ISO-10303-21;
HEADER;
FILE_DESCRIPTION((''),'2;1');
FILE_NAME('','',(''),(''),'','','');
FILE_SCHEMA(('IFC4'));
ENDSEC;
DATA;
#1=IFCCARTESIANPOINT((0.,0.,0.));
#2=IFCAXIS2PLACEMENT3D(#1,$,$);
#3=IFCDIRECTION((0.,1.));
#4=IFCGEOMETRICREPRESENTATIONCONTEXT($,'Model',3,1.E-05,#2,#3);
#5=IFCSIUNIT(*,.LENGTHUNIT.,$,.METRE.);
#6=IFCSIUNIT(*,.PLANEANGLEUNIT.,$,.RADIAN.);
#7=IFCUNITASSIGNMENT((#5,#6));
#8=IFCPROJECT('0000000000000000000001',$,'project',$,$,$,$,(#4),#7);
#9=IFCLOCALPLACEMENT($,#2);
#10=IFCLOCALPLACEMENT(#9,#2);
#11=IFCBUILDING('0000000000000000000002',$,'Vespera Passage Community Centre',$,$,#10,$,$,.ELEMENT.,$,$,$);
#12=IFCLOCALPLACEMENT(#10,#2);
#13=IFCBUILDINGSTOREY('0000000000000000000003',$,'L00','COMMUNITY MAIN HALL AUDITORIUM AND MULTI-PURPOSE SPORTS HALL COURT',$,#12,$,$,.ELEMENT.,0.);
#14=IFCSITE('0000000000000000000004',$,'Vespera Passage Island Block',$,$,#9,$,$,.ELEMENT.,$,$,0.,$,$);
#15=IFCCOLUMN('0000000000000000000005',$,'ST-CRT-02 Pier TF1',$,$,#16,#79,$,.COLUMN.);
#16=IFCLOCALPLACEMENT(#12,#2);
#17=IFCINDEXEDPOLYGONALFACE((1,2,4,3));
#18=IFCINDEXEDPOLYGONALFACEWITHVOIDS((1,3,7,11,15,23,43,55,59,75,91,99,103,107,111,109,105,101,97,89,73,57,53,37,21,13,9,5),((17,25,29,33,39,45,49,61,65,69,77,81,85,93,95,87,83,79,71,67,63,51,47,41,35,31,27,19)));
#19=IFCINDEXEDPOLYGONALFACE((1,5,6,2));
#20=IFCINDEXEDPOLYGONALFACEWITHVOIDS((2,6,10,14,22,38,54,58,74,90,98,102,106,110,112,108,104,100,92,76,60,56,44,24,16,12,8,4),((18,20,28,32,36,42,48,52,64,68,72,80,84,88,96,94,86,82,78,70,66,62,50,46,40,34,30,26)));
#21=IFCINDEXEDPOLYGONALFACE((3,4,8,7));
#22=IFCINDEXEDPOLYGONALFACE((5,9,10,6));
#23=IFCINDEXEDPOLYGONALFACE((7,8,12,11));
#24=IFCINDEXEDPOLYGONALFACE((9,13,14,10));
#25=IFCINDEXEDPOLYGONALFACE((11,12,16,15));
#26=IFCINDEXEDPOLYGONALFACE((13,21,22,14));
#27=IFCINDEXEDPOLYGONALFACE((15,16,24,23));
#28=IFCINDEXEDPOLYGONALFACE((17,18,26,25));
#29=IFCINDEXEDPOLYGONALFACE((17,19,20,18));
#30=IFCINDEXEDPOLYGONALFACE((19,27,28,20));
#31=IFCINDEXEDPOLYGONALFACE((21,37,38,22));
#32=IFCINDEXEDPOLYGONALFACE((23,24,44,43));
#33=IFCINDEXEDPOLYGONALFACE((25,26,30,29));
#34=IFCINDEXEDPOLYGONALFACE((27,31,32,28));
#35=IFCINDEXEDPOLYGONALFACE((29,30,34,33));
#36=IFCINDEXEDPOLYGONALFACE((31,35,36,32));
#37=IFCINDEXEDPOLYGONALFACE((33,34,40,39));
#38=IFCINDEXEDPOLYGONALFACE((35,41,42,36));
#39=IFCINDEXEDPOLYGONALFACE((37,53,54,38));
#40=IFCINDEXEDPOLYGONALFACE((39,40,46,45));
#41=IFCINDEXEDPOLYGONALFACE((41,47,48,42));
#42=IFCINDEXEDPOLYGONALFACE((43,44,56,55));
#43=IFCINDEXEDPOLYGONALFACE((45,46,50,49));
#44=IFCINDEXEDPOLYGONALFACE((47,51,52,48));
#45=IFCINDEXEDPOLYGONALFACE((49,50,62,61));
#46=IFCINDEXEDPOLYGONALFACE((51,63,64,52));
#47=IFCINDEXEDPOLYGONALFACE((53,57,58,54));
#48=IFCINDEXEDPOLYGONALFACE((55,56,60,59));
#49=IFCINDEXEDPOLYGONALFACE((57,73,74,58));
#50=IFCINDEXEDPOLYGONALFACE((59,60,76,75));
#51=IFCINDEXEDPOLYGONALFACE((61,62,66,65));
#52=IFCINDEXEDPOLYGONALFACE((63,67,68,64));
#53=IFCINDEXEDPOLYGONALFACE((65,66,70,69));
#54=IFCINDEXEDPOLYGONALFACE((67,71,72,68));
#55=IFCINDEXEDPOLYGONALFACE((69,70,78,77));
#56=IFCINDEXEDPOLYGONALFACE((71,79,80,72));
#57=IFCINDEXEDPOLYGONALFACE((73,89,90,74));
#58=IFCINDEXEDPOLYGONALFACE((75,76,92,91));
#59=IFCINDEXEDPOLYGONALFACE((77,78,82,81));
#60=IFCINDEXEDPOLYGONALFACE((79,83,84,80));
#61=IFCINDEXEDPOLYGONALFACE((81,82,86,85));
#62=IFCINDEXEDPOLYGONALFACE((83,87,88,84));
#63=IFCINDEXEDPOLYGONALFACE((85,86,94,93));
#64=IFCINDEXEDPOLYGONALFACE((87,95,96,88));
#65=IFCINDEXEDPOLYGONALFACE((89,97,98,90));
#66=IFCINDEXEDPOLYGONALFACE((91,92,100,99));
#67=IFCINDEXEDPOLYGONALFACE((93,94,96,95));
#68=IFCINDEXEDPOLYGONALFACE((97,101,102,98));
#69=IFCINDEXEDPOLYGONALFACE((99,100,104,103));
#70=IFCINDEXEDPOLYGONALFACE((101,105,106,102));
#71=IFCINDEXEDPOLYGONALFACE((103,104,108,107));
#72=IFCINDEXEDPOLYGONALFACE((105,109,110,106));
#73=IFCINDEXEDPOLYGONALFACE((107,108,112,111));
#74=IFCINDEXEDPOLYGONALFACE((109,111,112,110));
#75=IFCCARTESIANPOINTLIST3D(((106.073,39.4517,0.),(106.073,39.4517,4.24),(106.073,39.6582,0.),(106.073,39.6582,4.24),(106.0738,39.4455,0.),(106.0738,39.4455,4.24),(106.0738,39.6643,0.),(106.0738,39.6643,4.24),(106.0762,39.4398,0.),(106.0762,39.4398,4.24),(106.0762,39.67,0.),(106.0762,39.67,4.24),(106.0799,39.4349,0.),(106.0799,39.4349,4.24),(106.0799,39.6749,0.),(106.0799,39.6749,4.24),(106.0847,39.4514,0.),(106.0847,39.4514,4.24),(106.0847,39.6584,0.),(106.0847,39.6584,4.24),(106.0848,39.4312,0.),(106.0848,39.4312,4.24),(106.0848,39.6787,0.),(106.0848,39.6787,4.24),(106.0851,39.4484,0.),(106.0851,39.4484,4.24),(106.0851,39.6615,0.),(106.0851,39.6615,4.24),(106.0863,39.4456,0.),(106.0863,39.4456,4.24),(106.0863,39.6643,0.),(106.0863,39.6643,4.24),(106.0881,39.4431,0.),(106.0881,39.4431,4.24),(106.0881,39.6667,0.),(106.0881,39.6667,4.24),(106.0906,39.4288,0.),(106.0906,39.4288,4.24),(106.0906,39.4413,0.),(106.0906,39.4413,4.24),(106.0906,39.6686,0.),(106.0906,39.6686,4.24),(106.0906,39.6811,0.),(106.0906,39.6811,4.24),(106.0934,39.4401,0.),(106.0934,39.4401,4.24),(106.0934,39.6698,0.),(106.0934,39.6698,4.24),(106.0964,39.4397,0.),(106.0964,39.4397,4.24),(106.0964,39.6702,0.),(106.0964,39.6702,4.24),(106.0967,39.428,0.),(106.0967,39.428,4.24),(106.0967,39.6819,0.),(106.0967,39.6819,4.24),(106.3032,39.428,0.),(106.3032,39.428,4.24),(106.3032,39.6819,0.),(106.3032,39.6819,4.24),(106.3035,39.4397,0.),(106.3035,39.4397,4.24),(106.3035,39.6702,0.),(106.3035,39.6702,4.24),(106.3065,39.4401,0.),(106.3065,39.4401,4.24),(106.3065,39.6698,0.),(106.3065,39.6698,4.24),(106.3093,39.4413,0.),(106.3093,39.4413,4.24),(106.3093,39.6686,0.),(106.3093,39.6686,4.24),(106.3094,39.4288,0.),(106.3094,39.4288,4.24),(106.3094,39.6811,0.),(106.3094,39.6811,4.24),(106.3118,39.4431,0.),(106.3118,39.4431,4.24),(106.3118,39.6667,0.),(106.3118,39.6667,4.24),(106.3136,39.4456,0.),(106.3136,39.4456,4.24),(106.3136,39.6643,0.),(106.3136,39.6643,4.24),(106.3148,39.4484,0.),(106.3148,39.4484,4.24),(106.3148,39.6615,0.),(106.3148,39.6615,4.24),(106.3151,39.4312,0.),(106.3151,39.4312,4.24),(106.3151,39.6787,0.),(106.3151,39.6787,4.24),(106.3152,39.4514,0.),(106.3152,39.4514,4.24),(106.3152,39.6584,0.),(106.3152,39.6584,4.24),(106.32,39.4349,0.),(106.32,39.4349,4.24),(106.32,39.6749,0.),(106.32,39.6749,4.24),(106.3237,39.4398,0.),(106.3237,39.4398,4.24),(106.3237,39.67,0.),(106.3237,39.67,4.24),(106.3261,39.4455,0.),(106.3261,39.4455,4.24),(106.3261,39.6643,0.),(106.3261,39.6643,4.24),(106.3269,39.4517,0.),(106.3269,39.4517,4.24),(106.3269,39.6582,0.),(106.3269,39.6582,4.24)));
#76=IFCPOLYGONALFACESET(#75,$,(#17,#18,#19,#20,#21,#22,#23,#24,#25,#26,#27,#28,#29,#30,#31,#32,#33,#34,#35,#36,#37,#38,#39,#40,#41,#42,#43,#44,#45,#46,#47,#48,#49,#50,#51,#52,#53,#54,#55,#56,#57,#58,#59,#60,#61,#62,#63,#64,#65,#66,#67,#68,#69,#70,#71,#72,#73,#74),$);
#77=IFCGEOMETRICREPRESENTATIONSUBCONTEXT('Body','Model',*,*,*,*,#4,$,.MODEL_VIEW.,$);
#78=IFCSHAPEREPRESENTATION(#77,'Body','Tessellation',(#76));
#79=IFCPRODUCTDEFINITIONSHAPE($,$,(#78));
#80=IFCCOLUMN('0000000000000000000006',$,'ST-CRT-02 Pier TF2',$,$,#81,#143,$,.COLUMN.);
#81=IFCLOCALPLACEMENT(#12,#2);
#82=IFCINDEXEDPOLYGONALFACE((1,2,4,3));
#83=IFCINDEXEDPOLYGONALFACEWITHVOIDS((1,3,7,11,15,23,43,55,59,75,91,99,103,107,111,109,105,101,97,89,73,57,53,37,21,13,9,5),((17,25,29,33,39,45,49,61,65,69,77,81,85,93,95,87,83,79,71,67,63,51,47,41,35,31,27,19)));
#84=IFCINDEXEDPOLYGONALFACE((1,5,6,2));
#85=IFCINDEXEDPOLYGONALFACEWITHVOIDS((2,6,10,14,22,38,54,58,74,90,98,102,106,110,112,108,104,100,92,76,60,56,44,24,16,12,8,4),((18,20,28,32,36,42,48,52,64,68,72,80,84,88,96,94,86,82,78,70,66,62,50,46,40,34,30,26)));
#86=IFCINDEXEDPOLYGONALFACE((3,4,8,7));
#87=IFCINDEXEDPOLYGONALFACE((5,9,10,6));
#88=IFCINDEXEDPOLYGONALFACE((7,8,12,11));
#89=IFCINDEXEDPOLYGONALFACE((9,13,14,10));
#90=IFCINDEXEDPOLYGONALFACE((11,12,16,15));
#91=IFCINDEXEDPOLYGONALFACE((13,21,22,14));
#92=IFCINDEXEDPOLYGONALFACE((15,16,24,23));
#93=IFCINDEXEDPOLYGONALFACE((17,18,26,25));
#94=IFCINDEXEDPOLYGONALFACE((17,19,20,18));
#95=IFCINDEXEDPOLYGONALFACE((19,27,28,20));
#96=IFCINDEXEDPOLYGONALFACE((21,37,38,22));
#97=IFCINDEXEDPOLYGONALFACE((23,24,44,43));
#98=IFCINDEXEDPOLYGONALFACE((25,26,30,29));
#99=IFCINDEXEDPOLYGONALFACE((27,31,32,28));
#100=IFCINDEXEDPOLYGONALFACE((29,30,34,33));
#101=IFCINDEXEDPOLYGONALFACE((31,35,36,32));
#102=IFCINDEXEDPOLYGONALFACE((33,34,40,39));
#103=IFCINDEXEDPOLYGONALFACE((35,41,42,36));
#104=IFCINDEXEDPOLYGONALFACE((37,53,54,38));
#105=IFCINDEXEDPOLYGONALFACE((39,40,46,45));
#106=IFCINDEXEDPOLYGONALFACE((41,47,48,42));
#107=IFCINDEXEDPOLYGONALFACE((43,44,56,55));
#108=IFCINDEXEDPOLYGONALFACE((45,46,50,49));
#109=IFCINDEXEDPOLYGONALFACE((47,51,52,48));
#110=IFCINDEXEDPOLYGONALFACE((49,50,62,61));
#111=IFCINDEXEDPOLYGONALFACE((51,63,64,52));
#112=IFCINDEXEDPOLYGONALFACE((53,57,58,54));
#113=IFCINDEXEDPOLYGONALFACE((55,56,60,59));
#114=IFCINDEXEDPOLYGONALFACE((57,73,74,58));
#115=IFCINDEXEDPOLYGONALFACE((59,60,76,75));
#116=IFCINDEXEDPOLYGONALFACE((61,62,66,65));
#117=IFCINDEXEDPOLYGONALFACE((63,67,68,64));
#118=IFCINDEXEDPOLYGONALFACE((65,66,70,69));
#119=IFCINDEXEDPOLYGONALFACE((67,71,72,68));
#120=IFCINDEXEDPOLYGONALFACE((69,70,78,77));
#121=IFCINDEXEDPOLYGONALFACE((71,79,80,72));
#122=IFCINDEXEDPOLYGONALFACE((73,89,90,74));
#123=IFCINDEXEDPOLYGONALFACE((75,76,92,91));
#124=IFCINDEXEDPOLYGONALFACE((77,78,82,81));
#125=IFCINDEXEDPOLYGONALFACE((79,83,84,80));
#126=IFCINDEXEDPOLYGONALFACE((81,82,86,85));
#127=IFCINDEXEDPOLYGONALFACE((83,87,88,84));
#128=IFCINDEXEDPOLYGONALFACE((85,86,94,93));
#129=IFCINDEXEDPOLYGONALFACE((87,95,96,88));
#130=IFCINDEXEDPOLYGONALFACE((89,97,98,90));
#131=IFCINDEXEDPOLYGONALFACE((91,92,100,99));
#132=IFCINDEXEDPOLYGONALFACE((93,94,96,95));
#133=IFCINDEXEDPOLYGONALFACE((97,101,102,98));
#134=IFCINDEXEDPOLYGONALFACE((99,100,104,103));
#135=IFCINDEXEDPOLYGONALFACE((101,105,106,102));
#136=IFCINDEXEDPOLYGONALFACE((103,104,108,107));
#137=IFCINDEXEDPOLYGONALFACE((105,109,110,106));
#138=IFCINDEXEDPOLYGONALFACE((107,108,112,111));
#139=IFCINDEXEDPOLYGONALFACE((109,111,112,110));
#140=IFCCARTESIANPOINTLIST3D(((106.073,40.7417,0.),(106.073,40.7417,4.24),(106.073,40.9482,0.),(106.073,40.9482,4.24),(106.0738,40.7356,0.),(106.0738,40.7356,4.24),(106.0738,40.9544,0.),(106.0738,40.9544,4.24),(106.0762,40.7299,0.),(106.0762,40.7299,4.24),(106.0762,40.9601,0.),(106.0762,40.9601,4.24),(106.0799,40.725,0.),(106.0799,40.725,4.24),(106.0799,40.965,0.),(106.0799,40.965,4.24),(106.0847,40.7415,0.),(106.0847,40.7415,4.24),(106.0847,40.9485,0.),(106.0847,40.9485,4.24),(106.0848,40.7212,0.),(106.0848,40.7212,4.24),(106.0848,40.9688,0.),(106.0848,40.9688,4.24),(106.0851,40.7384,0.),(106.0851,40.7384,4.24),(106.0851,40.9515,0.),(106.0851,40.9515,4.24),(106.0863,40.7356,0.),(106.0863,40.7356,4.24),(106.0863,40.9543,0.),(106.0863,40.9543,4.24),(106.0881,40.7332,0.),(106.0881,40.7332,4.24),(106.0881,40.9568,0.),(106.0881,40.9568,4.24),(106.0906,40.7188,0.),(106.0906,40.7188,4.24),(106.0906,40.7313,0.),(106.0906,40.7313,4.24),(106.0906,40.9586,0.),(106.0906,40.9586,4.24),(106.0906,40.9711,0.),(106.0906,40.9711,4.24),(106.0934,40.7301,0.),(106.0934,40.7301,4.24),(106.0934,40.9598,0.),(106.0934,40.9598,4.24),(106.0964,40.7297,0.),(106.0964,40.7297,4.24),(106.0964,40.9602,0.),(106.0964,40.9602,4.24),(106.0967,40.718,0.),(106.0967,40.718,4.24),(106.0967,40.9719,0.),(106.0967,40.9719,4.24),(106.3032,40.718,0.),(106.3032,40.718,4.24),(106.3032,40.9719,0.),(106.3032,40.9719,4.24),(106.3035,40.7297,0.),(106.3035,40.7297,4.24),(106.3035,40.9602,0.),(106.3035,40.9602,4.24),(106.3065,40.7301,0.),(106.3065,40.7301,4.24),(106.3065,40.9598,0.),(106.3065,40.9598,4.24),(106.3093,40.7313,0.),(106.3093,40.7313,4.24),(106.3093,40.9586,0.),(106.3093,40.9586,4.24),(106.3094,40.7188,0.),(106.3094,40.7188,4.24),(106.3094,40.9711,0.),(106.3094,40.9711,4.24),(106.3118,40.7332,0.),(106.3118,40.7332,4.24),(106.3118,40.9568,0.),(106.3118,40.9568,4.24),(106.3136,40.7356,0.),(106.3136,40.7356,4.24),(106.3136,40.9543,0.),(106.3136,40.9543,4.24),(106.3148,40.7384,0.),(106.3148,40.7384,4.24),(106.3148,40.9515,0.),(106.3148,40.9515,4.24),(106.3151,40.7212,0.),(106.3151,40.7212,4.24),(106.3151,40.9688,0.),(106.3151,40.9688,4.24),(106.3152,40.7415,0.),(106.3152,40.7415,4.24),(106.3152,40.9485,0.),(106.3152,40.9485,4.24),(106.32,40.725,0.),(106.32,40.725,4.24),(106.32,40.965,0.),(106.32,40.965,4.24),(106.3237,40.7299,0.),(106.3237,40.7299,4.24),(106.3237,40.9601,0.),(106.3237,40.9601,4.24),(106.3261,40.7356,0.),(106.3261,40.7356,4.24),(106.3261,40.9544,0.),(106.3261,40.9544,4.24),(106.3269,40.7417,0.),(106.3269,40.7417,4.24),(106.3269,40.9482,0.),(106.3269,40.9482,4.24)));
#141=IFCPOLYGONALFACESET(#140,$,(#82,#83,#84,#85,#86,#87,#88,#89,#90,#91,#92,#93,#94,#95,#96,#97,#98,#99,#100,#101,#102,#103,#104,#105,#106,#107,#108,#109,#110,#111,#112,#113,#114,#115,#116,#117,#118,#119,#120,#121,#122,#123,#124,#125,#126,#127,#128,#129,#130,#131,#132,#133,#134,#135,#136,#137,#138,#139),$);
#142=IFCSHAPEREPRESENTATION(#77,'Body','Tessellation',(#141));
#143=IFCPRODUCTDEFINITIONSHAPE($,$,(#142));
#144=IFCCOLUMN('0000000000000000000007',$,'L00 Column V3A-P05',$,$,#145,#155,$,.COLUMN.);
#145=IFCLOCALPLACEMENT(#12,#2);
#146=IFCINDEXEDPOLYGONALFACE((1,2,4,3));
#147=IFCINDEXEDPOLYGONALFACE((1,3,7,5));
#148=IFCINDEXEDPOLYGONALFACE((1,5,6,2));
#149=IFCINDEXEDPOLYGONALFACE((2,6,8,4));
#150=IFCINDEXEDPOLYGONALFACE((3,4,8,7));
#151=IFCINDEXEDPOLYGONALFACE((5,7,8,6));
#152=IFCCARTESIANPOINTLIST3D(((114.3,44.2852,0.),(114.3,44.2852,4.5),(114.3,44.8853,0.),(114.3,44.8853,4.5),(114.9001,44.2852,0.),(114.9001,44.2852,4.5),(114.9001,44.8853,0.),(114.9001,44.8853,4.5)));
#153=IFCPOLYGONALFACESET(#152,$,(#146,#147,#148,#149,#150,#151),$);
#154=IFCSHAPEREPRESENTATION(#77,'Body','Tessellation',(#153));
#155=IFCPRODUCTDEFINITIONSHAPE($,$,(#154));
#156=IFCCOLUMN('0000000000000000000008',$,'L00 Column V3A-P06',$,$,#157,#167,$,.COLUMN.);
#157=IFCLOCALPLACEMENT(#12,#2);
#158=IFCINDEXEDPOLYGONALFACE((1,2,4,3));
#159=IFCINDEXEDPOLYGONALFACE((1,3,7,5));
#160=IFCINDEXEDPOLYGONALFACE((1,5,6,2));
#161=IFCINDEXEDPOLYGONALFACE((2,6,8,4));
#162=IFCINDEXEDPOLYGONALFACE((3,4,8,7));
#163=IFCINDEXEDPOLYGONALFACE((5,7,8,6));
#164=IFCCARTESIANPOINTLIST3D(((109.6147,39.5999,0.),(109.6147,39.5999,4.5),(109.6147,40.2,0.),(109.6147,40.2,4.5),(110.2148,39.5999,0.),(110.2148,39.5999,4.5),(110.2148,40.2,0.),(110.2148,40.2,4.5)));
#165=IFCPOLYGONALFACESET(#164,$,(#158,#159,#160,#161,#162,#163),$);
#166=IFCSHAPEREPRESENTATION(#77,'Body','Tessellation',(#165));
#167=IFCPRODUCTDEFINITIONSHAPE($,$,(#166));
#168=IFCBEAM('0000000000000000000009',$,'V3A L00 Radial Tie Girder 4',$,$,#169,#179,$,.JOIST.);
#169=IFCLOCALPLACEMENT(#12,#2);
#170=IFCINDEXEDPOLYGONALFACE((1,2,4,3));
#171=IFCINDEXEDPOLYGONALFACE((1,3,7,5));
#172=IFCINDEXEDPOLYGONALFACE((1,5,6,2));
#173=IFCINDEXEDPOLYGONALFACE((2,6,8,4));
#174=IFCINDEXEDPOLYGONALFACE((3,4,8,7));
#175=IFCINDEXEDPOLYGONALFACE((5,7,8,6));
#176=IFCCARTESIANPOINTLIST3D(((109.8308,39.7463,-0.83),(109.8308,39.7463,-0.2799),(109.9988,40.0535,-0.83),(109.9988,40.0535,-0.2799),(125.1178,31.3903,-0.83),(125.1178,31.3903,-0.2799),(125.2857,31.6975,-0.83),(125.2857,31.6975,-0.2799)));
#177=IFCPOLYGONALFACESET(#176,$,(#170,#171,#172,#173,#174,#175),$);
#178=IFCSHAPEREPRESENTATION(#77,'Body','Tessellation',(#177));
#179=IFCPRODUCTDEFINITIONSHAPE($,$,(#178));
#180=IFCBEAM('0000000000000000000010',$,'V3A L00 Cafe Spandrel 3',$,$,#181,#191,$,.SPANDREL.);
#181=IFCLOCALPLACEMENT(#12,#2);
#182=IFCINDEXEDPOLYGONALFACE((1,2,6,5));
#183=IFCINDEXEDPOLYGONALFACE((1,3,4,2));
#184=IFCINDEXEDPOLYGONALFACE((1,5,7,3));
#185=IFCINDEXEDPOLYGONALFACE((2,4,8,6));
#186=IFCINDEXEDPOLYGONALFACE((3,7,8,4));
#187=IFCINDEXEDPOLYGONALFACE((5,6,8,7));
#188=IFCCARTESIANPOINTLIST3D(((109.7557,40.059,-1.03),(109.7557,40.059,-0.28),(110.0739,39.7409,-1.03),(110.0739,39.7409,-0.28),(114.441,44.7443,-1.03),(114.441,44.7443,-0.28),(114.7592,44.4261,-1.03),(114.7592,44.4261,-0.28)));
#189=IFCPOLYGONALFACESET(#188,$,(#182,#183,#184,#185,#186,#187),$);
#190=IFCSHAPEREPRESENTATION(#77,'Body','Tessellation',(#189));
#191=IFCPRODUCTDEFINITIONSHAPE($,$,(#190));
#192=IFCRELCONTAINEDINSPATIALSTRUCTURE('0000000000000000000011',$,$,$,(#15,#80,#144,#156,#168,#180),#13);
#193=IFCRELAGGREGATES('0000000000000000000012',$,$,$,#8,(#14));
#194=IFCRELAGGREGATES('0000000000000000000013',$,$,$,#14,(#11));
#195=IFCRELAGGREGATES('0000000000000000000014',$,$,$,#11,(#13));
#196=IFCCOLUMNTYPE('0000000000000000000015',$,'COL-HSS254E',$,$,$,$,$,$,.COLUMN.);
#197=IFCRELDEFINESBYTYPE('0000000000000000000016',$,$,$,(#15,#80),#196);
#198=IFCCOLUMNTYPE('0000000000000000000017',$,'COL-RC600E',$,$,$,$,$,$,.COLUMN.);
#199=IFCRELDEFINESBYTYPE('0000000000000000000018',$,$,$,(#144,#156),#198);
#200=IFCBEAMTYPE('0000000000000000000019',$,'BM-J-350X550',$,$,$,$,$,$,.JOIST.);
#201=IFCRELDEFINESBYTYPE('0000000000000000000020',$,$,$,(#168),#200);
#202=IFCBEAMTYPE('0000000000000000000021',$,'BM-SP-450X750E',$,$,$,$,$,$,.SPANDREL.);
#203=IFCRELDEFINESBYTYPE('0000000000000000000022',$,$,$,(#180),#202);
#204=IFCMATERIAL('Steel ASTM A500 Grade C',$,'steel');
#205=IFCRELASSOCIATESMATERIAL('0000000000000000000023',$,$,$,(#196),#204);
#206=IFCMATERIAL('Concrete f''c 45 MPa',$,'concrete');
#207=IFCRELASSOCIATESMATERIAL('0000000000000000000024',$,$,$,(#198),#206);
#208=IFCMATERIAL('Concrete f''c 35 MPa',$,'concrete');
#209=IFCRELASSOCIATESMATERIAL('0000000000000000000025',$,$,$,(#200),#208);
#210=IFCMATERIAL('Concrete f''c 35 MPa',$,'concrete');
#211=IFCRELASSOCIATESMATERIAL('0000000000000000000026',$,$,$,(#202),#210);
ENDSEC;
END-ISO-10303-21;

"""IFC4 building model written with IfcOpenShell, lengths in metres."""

from ifc_helpers import new_model, si_unit, direction, frame, origin, origin_2d, place, context, subcontext, project, spatial, rectangle, hollow_rectangle, extrude, material, material_profile, profile_set, type_object, element, save


model = new_model("IFC4")

# Units and contexts
model_context = context("Model", 3, precision=1e-05, world=origin(), true_north=direction((0.0, 1.0)))
body_context = subcontext(model_context, "Body", "Model", "MODEL_VIEW")
ifc_project = project(units=[si_unit("LENGTHUNIT", "METRE"), si_unit("PLANEANGLEUNIT", "RADIAN")], contexts=[model_context])

# Site, building, storey
site_placement = place(None, origin())
site = spatial("IfcSite", under=ifc_project, at=site_placement, Name="Vespera Passage Island Block", CompositionType="ELEMENT", RefElevation=0.0)
building_placement = place(site_placement, origin())
building = spatial("IfcBuilding", under=site, at=building_placement, Name="Vespera Passage Community Centre", CompositionType="ELEMENT")
storey_placement = place(building_placement, origin())
storey = spatial("IfcBuildingStorey", under=building, at=storey_placement, Name="L00", Description="COMMUNITY MAIN HALL AUDITORIUM AND MULTI-PURPOSE SPORTS HALL COURT", CompositionType="ELEMENT", Elevation=0.0)

# Columns
ifc_material_1 = material(Name="Steel ASTM A500 Grade C", Category="steel")
ifc_material_profile_1 = material_profile(ifc_material_1, hollow_rectangle(XDim=0.2539, YDim=0.2539, WallThickness=0.0117, InnerFilletRadius=0.0117, OuterFilletRadius=0.0237, at=origin_2d()), Name="HSS254X254X12.7")
ifc_profile_set_1 = profile_set([ifc_material_profile_1], Name="Steel ASTM A500 Grade C")
column_type_1 = type_object("IfcColumnType", Name="COL-HSS254E", PredefinedType="COLUMN", material=ifc_profile_set_1)
for number, where, z_axis, x_axis, name in (
    (1, (106.2, 39.5549, 0.0), (0.0, 0.0, 1.0), (1.0, 0.0, 0.0), "ST-CRT-02 Pier TF1"),
    (2, (106.2, 40.845, 0.0), (0.0, 0.0, 1.0), (1.0, 0.0, 0.0), "ST-CRT-02 Pier TF2"),
):
    element("IfcColumn", number, at=place(storey_placement, frame(where, z_axis=z_axis, x_axis=x_axis)), inside=storey, type_object=column_type_1, Name=name, PredefinedType="COLUMN", context=body_context, shape_type="SweptSolid", body=[
        extrude(hollow_rectangle(XDim=0.2539, YDim=0.2539, WallThickness=0.0117, InnerFilletRadius=0.0117, OuterFilletRadius=0.0237, at=origin_2d()), origin(), (0.0, 0.0, 1.0), 4.24),
    ])
ifc_material_2 = material(Name="Concrete f'c 45 MPa", Category="concrete")
ifc_material_profile_2 = material_profile(ifc_material_2, rectangle(XDim=0.6001, YDim=0.6001, at=origin_2d()), Name="RC600X600")
ifc_profile_set_2 = profile_set([ifc_material_profile_2], Name="Concrete f'c 45 MPa")
column_type_2 = type_object("IfcColumnType", Name="COL-RC600E", PredefinedType="COLUMN", material=ifc_profile_set_2)
for number, where, z_axis, x_axis, name in (
    (3, (114.6001, 44.5852, 0.0), (0.0, 0.0, 1.0), (1.0, 0.0, 0.0), "L00 Column V3A-P05"),
    (4, (109.9148, 39.8999, 0.0), (0.0, 0.0, 1.0), (1.0, 0.0, 0.0), "L00 Column V3A-P06"),
):
    element("IfcColumn", number, at=place(storey_placement, frame(where, z_axis=z_axis, x_axis=x_axis)), inside=storey, type_object=column_type_2, Name=name, PredefinedType="COLUMN", context=body_context, shape_type="SweptSolid", body=[
        extrude(rectangle(XDim=0.6001, YDim=0.6001, at=origin_2d()), origin(), (0.0, 0.0, 1.0), 4.5),
    ])

# Beams
ifc_material_3 = material(Name="Concrete f'c 35 MPa", Category="concrete")
ifc_material_profile_3 = material_profile(ifc_material_3, rectangle(XDim=0.3501, YDim=0.55, at=origin_2d()), Name="RC350X550")
ifc_profile_set_3 = profile_set([ifc_material_profile_3], Name="Concrete f'c 35 MPa")
beam_type_1 = type_object("IfcBeamType", Name="BM-J-350X550", PredefinedType="JOIST", material=ifc_profile_set_3)
beam_1_placement = place(storey_placement, frame((109.9148, 39.8999, -0.5549), z_axis=(0.877469, -0.479633, 0.0), x_axis=(0.479633, 0.877469, 0.0)))
element("IfcBeam", 5, at=beam_1_placement, inside=storey, type_object=beam_type_1, Name="V3A L00 Radial Tie Girder 4", PredefinedType="JOIST", context=body_context, shape_type="SweptSolid", body=[
    extrude(rectangle(XDim=0.3501, YDim=0.55, at=origin_2d()), origin(), (0.0, 0.0, 1.0), 17.4216),
])
ifc_material_4 = material(Name="Concrete f'c 35 MPa", Category="concrete")
ifc_material_profile_4 = material_profile(ifc_material_4, rectangle(XDim=0.45, YDim=0.75, at=origin_2d()), Name="RC450X750")
ifc_profile_set_4 = profile_set([ifc_material_profile_4], Name="Concrete f'c 35 MPa")
beam_type_2 = type_object("IfcBeamType", Name="BM-SP-450X750E", PredefinedType="SPANDREL", material=ifc_profile_set_4)
beam_2_placement = place(storey_placement, frame((114.6001, 44.5852, -0.655), z_axis=(-0.707107, -0.707107, 0.0), x_axis=(0.707107, -0.707107, 0.0)))
element("IfcBeam", 6, at=beam_2_placement, inside=storey, type_object=beam_type_2, Name="V3A L00 Cafe Spandrel 3", PredefinedType="SPANDREL", context=body_context, shape_type="SweptSolid", body=[
    extrude(rectangle(XDim=0.45, YDim=0.75, at=origin_2d()), origin(), (0.0, 0.0, 1.0), 6.626),
])

save(model, "model.ifc")
